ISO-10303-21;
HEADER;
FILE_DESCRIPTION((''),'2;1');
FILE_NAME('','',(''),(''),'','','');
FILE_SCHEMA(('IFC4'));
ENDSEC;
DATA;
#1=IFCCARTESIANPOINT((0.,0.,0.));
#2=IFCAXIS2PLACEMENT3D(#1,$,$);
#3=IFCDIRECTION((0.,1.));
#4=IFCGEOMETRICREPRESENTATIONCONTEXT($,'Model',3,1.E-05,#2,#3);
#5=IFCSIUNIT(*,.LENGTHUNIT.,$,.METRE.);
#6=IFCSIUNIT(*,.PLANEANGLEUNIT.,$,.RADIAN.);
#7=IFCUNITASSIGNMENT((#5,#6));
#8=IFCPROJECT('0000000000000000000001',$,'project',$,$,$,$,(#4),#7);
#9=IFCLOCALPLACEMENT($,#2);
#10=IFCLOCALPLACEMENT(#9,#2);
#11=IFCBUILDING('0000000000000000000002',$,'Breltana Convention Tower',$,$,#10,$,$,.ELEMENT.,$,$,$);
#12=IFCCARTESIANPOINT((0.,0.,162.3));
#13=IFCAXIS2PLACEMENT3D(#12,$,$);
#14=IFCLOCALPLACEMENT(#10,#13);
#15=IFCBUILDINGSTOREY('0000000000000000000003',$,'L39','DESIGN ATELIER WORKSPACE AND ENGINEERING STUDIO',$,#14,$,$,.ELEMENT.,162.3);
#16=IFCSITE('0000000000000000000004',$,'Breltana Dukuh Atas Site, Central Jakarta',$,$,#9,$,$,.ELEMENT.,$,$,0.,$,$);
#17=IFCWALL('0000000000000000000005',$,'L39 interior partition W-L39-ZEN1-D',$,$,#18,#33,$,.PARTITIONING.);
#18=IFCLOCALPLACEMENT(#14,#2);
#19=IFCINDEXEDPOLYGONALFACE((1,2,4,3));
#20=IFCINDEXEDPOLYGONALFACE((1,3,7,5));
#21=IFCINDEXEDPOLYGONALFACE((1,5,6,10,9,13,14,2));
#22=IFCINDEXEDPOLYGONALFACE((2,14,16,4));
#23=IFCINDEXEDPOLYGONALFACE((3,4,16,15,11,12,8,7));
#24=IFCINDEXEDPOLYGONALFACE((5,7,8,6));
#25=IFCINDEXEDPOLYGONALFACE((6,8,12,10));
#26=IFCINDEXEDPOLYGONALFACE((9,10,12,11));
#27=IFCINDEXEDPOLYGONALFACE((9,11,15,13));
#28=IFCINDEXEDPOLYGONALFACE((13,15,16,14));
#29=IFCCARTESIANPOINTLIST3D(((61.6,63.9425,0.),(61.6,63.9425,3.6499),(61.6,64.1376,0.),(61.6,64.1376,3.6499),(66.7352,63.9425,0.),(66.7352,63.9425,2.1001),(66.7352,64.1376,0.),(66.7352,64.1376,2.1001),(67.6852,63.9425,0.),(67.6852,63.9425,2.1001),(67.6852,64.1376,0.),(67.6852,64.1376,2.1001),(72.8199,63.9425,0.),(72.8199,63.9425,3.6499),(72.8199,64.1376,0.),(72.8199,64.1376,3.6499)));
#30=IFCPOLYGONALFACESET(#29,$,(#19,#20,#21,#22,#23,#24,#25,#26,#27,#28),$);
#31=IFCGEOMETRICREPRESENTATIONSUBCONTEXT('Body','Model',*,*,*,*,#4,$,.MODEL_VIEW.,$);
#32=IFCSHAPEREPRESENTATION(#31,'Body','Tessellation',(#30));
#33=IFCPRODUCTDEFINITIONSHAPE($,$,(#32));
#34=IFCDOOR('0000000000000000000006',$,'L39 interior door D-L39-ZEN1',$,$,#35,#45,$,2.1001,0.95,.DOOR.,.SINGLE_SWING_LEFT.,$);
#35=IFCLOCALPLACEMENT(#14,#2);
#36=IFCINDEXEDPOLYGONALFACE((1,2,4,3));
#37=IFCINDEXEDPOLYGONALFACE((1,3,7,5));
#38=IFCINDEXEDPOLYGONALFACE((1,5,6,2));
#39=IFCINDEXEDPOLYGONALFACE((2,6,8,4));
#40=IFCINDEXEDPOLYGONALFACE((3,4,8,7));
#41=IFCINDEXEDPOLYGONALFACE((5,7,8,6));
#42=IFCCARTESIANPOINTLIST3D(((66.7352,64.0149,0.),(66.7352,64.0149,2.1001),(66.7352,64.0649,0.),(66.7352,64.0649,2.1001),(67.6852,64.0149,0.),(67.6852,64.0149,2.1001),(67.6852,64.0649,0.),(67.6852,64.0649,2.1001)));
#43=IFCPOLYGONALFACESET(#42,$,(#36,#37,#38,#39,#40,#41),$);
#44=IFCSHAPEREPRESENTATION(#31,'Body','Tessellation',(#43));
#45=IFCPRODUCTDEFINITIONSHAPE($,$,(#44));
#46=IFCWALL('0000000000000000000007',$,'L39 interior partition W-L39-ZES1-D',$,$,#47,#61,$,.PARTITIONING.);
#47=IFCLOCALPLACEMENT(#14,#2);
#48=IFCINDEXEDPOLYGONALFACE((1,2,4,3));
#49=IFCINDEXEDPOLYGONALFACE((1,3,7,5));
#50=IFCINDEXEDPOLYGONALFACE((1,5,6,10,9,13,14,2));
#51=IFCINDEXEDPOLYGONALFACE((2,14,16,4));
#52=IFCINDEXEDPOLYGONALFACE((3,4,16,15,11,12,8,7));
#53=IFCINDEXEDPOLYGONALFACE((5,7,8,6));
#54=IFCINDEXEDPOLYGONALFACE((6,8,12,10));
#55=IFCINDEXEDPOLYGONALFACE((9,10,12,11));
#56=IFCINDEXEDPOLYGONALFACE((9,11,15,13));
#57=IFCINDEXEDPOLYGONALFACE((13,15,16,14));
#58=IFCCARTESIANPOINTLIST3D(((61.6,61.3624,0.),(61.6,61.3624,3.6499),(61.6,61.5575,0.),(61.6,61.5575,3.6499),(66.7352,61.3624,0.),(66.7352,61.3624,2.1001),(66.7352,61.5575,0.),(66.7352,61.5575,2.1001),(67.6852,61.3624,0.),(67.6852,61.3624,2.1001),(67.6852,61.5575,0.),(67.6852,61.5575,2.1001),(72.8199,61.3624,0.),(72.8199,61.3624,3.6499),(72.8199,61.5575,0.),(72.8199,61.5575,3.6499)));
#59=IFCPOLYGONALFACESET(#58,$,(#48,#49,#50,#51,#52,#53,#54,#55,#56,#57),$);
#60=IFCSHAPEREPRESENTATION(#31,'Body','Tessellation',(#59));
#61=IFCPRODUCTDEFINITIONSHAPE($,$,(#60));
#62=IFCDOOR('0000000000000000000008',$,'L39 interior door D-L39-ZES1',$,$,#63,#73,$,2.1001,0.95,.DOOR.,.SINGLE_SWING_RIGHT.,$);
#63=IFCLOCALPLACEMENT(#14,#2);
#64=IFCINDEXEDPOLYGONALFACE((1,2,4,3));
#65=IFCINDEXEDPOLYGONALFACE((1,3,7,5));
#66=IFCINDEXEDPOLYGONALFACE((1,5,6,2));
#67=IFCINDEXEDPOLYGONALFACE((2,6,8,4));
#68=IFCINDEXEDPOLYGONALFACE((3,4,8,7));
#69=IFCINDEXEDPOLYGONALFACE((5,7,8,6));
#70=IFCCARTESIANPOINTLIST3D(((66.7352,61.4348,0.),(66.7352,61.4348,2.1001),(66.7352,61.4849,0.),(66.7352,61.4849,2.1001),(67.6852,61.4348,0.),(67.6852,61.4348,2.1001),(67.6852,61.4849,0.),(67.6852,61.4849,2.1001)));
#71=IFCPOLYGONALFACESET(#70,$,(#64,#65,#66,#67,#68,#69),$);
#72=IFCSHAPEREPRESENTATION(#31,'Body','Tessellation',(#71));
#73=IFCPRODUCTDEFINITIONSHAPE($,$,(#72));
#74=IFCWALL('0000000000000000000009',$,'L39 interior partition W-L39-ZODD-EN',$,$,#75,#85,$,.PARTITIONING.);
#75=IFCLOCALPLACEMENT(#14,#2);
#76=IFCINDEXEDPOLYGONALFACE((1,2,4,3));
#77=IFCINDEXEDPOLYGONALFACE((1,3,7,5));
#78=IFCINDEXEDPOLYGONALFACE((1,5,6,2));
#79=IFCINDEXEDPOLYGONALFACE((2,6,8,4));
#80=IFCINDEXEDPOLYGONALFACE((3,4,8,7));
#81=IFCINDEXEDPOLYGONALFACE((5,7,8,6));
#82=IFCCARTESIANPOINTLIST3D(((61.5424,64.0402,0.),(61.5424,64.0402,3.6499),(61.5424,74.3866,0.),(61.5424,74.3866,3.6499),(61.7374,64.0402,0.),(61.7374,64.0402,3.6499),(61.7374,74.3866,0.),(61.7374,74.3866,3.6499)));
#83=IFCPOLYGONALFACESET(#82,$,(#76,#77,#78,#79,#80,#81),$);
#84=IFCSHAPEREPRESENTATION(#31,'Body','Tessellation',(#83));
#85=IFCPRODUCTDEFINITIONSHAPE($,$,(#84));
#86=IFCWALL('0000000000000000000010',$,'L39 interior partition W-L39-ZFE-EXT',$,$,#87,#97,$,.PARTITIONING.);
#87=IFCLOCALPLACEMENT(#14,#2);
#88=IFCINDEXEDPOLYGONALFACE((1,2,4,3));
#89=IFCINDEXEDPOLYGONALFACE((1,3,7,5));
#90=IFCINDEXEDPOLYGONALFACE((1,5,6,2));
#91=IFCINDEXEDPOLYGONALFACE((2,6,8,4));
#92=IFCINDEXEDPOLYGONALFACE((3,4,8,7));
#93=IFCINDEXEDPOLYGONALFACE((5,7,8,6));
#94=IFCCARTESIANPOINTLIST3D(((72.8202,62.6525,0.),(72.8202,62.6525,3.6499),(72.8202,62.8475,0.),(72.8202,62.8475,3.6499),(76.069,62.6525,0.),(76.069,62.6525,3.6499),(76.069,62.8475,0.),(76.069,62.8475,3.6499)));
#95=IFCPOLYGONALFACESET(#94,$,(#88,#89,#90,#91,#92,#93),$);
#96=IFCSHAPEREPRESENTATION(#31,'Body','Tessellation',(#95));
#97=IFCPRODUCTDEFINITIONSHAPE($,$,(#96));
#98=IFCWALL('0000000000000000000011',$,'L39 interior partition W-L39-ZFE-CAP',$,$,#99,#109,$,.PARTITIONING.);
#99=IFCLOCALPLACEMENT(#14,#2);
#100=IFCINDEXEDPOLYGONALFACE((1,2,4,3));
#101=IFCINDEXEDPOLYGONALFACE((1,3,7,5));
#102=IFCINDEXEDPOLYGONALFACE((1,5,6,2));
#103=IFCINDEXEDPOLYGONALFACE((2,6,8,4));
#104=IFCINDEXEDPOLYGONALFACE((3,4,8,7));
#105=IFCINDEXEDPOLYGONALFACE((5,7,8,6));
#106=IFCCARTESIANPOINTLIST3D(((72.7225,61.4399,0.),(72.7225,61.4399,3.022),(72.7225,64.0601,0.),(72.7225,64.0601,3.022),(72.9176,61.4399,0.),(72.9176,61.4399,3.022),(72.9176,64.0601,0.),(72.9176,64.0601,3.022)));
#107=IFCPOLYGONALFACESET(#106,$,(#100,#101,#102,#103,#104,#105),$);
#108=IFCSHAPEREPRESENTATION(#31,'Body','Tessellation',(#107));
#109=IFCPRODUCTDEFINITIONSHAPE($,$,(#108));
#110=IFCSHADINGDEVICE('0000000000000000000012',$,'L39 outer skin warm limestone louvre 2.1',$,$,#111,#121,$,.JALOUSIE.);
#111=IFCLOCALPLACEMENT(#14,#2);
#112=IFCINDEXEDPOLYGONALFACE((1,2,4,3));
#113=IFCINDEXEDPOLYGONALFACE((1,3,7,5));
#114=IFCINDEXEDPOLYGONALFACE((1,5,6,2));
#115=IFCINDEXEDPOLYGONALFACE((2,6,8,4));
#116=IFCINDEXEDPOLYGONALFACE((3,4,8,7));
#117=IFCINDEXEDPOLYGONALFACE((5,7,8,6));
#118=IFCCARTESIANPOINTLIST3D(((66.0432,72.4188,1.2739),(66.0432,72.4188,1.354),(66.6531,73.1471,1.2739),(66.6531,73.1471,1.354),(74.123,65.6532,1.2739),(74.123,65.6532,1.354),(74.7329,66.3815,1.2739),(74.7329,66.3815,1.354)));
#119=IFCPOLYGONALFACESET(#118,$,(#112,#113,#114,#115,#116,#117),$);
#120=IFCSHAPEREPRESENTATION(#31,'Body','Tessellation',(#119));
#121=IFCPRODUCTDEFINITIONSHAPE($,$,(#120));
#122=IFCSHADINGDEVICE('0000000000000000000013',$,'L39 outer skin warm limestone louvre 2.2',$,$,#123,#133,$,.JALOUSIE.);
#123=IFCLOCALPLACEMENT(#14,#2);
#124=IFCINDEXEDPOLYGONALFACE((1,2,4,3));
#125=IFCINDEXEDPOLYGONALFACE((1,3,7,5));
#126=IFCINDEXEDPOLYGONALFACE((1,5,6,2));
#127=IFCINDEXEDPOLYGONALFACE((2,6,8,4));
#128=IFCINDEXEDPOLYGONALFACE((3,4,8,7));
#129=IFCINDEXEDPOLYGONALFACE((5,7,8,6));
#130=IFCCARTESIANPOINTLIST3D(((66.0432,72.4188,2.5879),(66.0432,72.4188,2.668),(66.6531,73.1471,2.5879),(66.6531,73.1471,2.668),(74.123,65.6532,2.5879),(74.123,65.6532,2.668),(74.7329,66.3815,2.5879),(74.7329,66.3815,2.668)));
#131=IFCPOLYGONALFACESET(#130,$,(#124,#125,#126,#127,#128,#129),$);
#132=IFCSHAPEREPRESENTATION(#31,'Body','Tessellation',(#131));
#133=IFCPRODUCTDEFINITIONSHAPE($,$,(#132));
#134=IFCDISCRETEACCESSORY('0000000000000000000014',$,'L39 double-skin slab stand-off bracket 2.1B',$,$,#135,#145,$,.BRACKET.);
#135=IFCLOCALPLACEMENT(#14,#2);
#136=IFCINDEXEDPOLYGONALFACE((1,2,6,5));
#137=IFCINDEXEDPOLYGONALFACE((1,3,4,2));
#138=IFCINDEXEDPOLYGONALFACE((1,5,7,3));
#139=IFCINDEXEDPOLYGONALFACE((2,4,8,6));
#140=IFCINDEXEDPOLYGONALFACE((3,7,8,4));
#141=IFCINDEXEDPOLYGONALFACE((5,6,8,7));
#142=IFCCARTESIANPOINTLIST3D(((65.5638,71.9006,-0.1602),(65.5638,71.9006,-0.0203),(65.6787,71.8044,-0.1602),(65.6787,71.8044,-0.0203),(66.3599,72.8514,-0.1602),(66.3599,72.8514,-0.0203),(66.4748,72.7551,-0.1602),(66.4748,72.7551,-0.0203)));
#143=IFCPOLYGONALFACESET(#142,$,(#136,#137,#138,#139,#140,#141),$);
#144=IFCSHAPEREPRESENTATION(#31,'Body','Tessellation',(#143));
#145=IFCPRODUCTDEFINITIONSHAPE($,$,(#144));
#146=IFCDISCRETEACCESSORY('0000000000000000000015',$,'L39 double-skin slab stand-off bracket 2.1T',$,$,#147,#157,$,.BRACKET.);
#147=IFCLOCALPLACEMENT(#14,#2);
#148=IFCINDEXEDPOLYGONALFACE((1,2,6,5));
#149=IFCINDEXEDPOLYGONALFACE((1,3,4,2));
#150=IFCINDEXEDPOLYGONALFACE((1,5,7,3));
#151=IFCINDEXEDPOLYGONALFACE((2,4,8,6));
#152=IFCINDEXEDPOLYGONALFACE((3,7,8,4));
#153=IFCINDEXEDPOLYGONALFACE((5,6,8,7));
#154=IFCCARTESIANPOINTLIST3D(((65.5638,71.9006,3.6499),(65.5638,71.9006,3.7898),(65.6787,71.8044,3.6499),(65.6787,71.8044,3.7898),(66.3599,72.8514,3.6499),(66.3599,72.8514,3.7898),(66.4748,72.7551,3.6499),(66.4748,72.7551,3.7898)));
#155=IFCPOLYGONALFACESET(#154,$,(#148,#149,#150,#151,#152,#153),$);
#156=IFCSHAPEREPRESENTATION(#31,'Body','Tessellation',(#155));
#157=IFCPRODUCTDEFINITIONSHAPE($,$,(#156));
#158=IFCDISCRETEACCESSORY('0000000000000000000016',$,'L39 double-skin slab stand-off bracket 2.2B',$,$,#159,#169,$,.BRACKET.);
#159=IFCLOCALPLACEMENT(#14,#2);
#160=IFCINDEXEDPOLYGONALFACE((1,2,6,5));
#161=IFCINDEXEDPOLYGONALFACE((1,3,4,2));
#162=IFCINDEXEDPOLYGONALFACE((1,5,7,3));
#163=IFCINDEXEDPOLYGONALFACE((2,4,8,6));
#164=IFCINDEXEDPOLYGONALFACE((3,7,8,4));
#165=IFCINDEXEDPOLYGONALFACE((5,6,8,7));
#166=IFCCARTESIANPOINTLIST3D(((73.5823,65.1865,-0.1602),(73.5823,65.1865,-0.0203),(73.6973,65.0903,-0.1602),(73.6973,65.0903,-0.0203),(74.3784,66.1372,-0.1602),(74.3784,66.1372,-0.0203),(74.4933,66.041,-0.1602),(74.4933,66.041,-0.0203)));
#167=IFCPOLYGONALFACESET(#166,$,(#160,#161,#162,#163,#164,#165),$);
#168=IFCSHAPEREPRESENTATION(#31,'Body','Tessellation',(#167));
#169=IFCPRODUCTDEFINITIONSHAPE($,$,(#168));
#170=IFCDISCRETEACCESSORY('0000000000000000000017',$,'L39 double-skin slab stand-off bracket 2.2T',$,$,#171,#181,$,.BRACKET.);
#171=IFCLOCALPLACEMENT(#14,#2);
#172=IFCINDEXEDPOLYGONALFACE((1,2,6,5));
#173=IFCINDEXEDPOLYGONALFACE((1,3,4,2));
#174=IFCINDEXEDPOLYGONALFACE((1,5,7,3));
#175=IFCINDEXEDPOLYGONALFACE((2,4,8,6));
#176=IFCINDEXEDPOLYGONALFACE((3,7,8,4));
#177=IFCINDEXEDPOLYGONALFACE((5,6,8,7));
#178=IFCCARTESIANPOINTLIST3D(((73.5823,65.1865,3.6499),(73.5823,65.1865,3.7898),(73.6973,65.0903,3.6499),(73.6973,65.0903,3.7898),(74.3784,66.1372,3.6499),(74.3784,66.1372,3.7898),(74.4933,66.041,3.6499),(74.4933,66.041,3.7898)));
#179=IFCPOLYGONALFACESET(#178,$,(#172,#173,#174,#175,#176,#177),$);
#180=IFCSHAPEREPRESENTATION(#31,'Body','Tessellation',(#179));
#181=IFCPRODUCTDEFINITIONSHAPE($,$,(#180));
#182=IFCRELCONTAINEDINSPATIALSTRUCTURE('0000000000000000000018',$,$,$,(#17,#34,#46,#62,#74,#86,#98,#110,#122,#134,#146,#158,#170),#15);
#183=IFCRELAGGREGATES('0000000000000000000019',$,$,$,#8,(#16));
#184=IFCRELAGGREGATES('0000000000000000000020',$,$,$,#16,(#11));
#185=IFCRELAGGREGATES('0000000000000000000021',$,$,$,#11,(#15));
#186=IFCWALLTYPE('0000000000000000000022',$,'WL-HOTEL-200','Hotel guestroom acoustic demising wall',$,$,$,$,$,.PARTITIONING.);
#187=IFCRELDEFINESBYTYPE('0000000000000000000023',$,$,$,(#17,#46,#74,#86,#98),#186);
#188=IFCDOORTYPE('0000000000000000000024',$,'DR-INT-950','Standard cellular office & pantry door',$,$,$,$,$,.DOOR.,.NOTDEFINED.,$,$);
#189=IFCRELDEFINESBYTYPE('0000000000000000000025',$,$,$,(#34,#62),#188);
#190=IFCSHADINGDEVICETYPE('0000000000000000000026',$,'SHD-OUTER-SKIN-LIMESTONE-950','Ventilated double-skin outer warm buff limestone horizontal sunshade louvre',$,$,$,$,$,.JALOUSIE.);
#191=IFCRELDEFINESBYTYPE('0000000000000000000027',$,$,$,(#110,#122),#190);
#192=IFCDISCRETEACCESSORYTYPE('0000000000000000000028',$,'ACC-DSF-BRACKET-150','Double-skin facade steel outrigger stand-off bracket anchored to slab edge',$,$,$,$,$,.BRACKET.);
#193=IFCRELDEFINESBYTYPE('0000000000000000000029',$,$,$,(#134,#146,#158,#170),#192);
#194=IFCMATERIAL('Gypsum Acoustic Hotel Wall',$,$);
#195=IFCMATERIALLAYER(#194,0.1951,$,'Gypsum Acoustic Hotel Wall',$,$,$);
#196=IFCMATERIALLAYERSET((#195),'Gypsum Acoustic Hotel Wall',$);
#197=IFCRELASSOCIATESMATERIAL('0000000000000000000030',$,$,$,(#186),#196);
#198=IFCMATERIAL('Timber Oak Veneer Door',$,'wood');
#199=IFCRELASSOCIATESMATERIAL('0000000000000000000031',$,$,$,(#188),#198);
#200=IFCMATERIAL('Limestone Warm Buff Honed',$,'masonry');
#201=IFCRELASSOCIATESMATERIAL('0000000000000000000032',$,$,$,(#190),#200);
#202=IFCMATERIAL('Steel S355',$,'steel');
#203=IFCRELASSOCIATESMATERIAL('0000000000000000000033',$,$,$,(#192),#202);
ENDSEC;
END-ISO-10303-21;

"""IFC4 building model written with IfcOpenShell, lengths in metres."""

from ifc_helpers import new_model, si_unit, direction, frame, frame_2d, origin, origin_2d, place, context, subcontext, project, spatial, rectangle, extrude, source, transform, mapped, material, layer, layer_set, material_profile, profile_set, type_object, type_shapes, element, fill, save


model = new_model("IFC4")

# Units and contexts
model_context = context("Model", 3, precision=1e-05, world=origin(), true_north=direction((0.0, 1.0)))
body_context = subcontext(model_context, "Body", "Model", "MODEL_VIEW")
ifc_project = project(units=[si_unit("LENGTHUNIT", "METRE"), si_unit("PLANEANGLEUNIT", "RADIAN")], contexts=[model_context])

# Site, building, storey
site_placement = place(None, origin())
site = spatial("IfcSite", under=ifc_project, at=site_placement, Name="Breltana Dukuh Atas Site, Central Jakarta", CompositionType="ELEMENT", RefElevation=0.0)
building_placement = place(site_placement, origin())
building = spatial("IfcBuilding", under=site, at=building_placement, Name="Breltana Convention Tower", CompositionType="ELEMENT")
storey_placement = place(building_placement, frame((0.0, 0.0, 162.3)))
storey = spatial("IfcBuildingStorey", under=building, at=storey_placement, Name="L39", Description="DESIGN ATELIER WORKSPACE AND ENGINEERING STUDIO", CompositionType="ELEMENT", Elevation=162.3)

# Walls, openings, doors
ifc_material_1 = material(Name="Gypsum Acoustic Hotel Wall")
ifc_layer_1 = layer(ifc_material_1, 0.1951, Name="Gypsum Acoustic Hotel Wall")
ifc_layer_set_1 = layer_set([ifc_layer_1], Name="Gypsum Acoustic Hotel Wall")
wall_type_1 = type_object("IfcWallType", Name="WL-HOTEL-200", Description="Hotel guestroom acoustic demising wall", PredefinedType="PARTITIONING", material=ifc_layer_set_1)
shared_shape_1 = source(origin(), body_context, "Body", "SweptSolid", [
    extrude(rectangle(XDim=11.22, YDim=0.1951, at=frame_2d((5.6099, 0.0))), origin(), (0.0, 0.0, 1.0), 3.6499),
])
wall_1_placement = place(storey_placement, frame((61.6001, 64.04, 0.0), z_axis=(0.0, 0.0, 1.0), x_axis=(1.0, 0.0, 0.0)))
wall_1 = element("IfcWall", 1, at=wall_1_placement, inside=storey, type_object=wall_type_1, Name="L39 interior partition W-L39-ZEN1-D", PredefinedType="PARTITIONING", context=body_context, shape_type="MappedRepresentation", body=[
    mapped(shared_shape_1, transform((0.0, 0.0, 0.0), scale=1.0)),
])
opening_1_placement = place(wall_1_placement, frame((5.135, 0.0, 0.0)))
opening_1 = element("IfcOpeningElement", 2, at=opening_1_placement, cuts=wall_1, PredefinedType="OPENING", context=body_context, shape_type="SweptSolid", body=[
    extrude(rectangle(XDim=0.95, YDim=2.1001, at=frame_2d((0.4751, 1.05))), frame((0.0, 0.1074, 0.0), z_axis=(0.0, -1.0, 0.0), x_axis=(1.0, 0.0, 0.0)), (0.0, 0.0, 1.0), 0.2151),
])
ifc_material_2 = material(Name="Timber Oak Veneer Door", Category="wood")
door_type = type_object("IfcDoorType", Name="DR-INT-950", Description="Standard cellular office & pantry door", OperationType="NOTDEFINED", PredefinedType="DOOR", material=ifc_material_2)
shared_shape_2 = source(origin(), body_context, "Body", "SweptSolid", [
    extrude(rectangle(XDim=0.95, YDim=2.1001, at=frame_2d((0.4751, 1.05))), frame((0.0, 0.0249, 0.0), z_axis=(0.0, -1.0, 0.0), x_axis=(1.0, 0.0, 0.0)), (0.0, 0.0, 1.0), 0.05),
])
type_shapes(door_type, [shared_shape_2])
door_1_placement = place(opening_1_placement, origin())
door_1 = element("IfcDoor", 3, at=door_1_placement, inside=storey, type_object=door_type, Name="L39 interior door D-L39-ZEN1", OperationType="SINGLE_SWING_LEFT", OverallHeight=2.1001, OverallWidth=0.95, PredefinedType="DOOR", context=body_context, shape_type="MappedRepresentation", body=[
    mapped(shared_shape_2, transform((0.0, 0.0, 0.0), scale=1.0)),
])
fill(opening_1, door_1)
wall_2_placement = place(storey_placement, frame((61.6001, 61.46, 0.0), z_axis=(0.0, 0.0, 1.0), x_axis=(1.0, 0.0, 0.0)))
wall_2 = element("IfcWall", 4, at=wall_2_placement, inside=storey, type_object=wall_type_1, Name="L39 interior partition W-L39-ZES1-D", PredefinedType="PARTITIONING", context=body_context, shape_type="MappedRepresentation", body=[
    mapped(shared_shape_1, transform((0.0, 0.0, 0.0), scale=1.0)),
])
opening_2_placement = place(wall_2_placement, frame((5.135, 0.0, 0.0)))
opening_2 = element("IfcOpeningElement", 5, at=opening_2_placement, cuts=wall_2, PredefinedType="OPENING", context=body_context, shape_type="SweptSolid", body=[
    extrude(rectangle(XDim=0.95, YDim=2.1001, at=frame_2d((0.4751, 1.05))), frame((0.0, 0.1074, 0.0), z_axis=(0.0, -1.0, 0.0), x_axis=(1.0, 0.0, 0.0)), (0.0, 0.0, 1.0), 0.2151),
])
door_2_placement = place(opening_2_placement, origin())
door_2 = element("IfcDoor", 6, at=door_2_placement, inside=storey, type_object=door_type, Name="L39 interior door D-L39-ZES1", OperationType="SINGLE_SWING_RIGHT", OverallHeight=2.1001, OverallWidth=0.95, PredefinedType="DOOR", context=body_context, shape_type="MappedRepresentation", body=[
    mapped(shared_shape_2, transform((0.0, 0.0, 0.0), scale=1.0)),
])
fill(opening_2, door_2)

# Walls
shared_shape_3 = source(origin(), body_context, "Body", "SweptSolid", [
    extrude(rectangle(XDim=10.3464, YDim=0.1951, at=frame_2d((5.1733, 0.0))), origin(), (0.0, 0.0, 1.0), 3.6499),
])
wall_3_placement = place(storey_placement, frame((61.6399, 64.04, 0.0), z_axis=(0.0, 0.0, 1.0), x_axis=(0.0, 1.0, 0.0)))
element("IfcWall", 7, at=wall_3_placement, inside=storey, type_object=wall_type_1, Name="L39 interior partition W-L39-ZODD-EN", PredefinedType="PARTITIONING", context=body_context, shape_type="MappedRepresentation", body=[
    mapped(shared_shape_3, transform((0.0, 0.0, 0.0), scale=1.0)),
])
shared_shape_4 = source(origin(), body_context, "Body", "SweptSolid", [
    extrude(rectangle(XDim=3.2488, YDim=0.1951, at=frame_2d((1.6245, 0.0))), origin(), (0.0, 0.0, 1.0), 3.6499),
])
wall_4_placement = place(storey_placement, frame((72.8201, 62.75, 0.0), z_axis=(0.0, 0.0, 1.0), x_axis=(1.0, 0.0, 0.0)))
element("IfcWall", 8, at=wall_4_placement, inside=storey, type_object=wall_type_1, Name="L39 interior partition W-L39-ZFE-EXT", PredefinedType="PARTITIONING", context=body_context, shape_type="MappedRepresentation", body=[
    mapped(shared_shape_4, transform((0.0, 0.0, 0.0), scale=1.0)),
])
shared_shape_5 = source(origin(), body_context, "Body", "SweptSolid", [
    extrude(rectangle(XDim=2.6201, YDim=0.1951, at=frame_2d((1.3101, 0.0))), origin(), (0.0, 0.0, 1.0), 3.022),
])
wall_5_placement = place(storey_placement, frame((72.8201, 61.4399, 0.0), z_axis=(0.0, 0.0, 1.0), x_axis=(0.0, 1.0, 0.0)))
element("IfcWall", 9, at=wall_5_placement, inside=storey, type_object=wall_type_1, Name="L39 interior partition W-L39-ZFE-CAP", PredefinedType="PARTITIONING", context=body_context, shape_type="MappedRepresentation", body=[
    mapped(shared_shape_5, transform((0.0, 0.0, 0.0), scale=1.0)),
])

# Shading devices
ifc_material_3 = material(Name="Limestone Warm Buff Honed", Category="masonry")
ifc_material_profile_1 = material_profile(ifc_material_3, rectangle(XDim=0.95, YDim=0.0801, at=origin_2d()), Name="STN-LVR-950X80")
ifc_profile_set_1 = profile_set([ifc_material_profile_1], Name="Limestone Warm Buff Honed")
shading_device_type = type_object("IfcShadingDeviceType", Name="SHD-OUTER-SKIN-LIMESTONE-950", Description="Ventilated double-skin outer warm buff limestone horizontal sunshade louvre", PredefinedType="JALOUSIE", material=ifc_profile_set_1)
shared_shape_6 = source(origin(), body_context, "Body", "SweptSolid", [
    extrude(rectangle(XDim=0.95, YDim=0.0801, at=origin_2d()), origin(), (0.0, 0.0, 1.0), 10.5383),
])
for number, where, z_axis, x_axis, name in (
    (10, (66.3481, 72.783, 1.314), (0.766706, -0.641999, 0.0), (0.641999, 0.766706, 0.0), "L39 outer skin warm limestone louvre 2.1"),
    (11, (66.3481, 72.783, 2.6279), (0.766706, -0.641999, 0.0), (0.641999, 0.766706, 0.0), "L39 outer skin warm limestone louvre 2.2"),
):
    element("IfcShadingDevice", number, at=place(storey_placement, frame(where, z_axis=z_axis, x_axis=x_axis)), inside=storey, type_object=shading_device_type, Name=name, PredefinedType="JALOUSIE", context=body_context, shape_type="MappedRepresentation", body=[
        mapped(shared_shape_6, transform((0.0, 0.0, 0.0), scale=1.0)),
    ])

# Discrete accessories
ifc_material_4 = material(Name="Steel S355", Category="steel")
discrete_accessory_type_1 = type_object("IfcDiscreteAccessoryType", Name="ACC-DSF-BRACKET-150", Description="Double-skin facade steel outrigger stand-off bracket anchored to slab edge", PredefinedType="BRACKET", material=ifc_material_4)
shared_shape_7 = source(origin(), body_context, "Body", "SweptSolid", [
    extrude(rectangle(XDim=1.24, YDim=0.1499, at=origin_2d()), origin(), (0.0, 0.0, 1.0), 0.1399),
])
type_shapes(discrete_accessory_type_1, [shared_shape_7])
for number, where, z_axis, x_axis, name in (
    (12, (66.0193, 72.3279, -0.1602), (0.0, 0.0, 1.0), (0.641989, 0.766714, 0.0), "L39 double-skin slab stand-off bracket 2.1B"),
    (13, (66.0193, 72.3279, 3.6499), (0.0, 0.0, 1.0), (0.641989, 0.766714, 0.0), "L39 double-skin slab stand-off bracket 2.1T"),
    (14, (74.0378, 65.6138, -0.1602), (0.0, 0.0, 1.0), (0.641989, 0.766714, 0.0), "L39 double-skin slab stand-off bracket 2.2B"),
    (15, (74.0378, 65.6138, 3.6499), (0.0, 0.0, 1.0), (0.641989, 0.766714, 0.0), "L39 double-skin slab stand-off bracket 2.2T"),
):
    element("IfcDiscreteAccessory", number, at=place(storey_placement, frame(where, z_axis=z_axis, x_axis=x_axis)), inside=storey, type_object=discrete_accessory_type_1, Name=name, PredefinedType="BRACKET", context=body_context, shape_type="MappedRepresentation", body=[
        mapped(shared_shape_7, transform((0.0, 0.0, 0.0), scale=1.0)),
    ])

save(model, "model.ifc")
